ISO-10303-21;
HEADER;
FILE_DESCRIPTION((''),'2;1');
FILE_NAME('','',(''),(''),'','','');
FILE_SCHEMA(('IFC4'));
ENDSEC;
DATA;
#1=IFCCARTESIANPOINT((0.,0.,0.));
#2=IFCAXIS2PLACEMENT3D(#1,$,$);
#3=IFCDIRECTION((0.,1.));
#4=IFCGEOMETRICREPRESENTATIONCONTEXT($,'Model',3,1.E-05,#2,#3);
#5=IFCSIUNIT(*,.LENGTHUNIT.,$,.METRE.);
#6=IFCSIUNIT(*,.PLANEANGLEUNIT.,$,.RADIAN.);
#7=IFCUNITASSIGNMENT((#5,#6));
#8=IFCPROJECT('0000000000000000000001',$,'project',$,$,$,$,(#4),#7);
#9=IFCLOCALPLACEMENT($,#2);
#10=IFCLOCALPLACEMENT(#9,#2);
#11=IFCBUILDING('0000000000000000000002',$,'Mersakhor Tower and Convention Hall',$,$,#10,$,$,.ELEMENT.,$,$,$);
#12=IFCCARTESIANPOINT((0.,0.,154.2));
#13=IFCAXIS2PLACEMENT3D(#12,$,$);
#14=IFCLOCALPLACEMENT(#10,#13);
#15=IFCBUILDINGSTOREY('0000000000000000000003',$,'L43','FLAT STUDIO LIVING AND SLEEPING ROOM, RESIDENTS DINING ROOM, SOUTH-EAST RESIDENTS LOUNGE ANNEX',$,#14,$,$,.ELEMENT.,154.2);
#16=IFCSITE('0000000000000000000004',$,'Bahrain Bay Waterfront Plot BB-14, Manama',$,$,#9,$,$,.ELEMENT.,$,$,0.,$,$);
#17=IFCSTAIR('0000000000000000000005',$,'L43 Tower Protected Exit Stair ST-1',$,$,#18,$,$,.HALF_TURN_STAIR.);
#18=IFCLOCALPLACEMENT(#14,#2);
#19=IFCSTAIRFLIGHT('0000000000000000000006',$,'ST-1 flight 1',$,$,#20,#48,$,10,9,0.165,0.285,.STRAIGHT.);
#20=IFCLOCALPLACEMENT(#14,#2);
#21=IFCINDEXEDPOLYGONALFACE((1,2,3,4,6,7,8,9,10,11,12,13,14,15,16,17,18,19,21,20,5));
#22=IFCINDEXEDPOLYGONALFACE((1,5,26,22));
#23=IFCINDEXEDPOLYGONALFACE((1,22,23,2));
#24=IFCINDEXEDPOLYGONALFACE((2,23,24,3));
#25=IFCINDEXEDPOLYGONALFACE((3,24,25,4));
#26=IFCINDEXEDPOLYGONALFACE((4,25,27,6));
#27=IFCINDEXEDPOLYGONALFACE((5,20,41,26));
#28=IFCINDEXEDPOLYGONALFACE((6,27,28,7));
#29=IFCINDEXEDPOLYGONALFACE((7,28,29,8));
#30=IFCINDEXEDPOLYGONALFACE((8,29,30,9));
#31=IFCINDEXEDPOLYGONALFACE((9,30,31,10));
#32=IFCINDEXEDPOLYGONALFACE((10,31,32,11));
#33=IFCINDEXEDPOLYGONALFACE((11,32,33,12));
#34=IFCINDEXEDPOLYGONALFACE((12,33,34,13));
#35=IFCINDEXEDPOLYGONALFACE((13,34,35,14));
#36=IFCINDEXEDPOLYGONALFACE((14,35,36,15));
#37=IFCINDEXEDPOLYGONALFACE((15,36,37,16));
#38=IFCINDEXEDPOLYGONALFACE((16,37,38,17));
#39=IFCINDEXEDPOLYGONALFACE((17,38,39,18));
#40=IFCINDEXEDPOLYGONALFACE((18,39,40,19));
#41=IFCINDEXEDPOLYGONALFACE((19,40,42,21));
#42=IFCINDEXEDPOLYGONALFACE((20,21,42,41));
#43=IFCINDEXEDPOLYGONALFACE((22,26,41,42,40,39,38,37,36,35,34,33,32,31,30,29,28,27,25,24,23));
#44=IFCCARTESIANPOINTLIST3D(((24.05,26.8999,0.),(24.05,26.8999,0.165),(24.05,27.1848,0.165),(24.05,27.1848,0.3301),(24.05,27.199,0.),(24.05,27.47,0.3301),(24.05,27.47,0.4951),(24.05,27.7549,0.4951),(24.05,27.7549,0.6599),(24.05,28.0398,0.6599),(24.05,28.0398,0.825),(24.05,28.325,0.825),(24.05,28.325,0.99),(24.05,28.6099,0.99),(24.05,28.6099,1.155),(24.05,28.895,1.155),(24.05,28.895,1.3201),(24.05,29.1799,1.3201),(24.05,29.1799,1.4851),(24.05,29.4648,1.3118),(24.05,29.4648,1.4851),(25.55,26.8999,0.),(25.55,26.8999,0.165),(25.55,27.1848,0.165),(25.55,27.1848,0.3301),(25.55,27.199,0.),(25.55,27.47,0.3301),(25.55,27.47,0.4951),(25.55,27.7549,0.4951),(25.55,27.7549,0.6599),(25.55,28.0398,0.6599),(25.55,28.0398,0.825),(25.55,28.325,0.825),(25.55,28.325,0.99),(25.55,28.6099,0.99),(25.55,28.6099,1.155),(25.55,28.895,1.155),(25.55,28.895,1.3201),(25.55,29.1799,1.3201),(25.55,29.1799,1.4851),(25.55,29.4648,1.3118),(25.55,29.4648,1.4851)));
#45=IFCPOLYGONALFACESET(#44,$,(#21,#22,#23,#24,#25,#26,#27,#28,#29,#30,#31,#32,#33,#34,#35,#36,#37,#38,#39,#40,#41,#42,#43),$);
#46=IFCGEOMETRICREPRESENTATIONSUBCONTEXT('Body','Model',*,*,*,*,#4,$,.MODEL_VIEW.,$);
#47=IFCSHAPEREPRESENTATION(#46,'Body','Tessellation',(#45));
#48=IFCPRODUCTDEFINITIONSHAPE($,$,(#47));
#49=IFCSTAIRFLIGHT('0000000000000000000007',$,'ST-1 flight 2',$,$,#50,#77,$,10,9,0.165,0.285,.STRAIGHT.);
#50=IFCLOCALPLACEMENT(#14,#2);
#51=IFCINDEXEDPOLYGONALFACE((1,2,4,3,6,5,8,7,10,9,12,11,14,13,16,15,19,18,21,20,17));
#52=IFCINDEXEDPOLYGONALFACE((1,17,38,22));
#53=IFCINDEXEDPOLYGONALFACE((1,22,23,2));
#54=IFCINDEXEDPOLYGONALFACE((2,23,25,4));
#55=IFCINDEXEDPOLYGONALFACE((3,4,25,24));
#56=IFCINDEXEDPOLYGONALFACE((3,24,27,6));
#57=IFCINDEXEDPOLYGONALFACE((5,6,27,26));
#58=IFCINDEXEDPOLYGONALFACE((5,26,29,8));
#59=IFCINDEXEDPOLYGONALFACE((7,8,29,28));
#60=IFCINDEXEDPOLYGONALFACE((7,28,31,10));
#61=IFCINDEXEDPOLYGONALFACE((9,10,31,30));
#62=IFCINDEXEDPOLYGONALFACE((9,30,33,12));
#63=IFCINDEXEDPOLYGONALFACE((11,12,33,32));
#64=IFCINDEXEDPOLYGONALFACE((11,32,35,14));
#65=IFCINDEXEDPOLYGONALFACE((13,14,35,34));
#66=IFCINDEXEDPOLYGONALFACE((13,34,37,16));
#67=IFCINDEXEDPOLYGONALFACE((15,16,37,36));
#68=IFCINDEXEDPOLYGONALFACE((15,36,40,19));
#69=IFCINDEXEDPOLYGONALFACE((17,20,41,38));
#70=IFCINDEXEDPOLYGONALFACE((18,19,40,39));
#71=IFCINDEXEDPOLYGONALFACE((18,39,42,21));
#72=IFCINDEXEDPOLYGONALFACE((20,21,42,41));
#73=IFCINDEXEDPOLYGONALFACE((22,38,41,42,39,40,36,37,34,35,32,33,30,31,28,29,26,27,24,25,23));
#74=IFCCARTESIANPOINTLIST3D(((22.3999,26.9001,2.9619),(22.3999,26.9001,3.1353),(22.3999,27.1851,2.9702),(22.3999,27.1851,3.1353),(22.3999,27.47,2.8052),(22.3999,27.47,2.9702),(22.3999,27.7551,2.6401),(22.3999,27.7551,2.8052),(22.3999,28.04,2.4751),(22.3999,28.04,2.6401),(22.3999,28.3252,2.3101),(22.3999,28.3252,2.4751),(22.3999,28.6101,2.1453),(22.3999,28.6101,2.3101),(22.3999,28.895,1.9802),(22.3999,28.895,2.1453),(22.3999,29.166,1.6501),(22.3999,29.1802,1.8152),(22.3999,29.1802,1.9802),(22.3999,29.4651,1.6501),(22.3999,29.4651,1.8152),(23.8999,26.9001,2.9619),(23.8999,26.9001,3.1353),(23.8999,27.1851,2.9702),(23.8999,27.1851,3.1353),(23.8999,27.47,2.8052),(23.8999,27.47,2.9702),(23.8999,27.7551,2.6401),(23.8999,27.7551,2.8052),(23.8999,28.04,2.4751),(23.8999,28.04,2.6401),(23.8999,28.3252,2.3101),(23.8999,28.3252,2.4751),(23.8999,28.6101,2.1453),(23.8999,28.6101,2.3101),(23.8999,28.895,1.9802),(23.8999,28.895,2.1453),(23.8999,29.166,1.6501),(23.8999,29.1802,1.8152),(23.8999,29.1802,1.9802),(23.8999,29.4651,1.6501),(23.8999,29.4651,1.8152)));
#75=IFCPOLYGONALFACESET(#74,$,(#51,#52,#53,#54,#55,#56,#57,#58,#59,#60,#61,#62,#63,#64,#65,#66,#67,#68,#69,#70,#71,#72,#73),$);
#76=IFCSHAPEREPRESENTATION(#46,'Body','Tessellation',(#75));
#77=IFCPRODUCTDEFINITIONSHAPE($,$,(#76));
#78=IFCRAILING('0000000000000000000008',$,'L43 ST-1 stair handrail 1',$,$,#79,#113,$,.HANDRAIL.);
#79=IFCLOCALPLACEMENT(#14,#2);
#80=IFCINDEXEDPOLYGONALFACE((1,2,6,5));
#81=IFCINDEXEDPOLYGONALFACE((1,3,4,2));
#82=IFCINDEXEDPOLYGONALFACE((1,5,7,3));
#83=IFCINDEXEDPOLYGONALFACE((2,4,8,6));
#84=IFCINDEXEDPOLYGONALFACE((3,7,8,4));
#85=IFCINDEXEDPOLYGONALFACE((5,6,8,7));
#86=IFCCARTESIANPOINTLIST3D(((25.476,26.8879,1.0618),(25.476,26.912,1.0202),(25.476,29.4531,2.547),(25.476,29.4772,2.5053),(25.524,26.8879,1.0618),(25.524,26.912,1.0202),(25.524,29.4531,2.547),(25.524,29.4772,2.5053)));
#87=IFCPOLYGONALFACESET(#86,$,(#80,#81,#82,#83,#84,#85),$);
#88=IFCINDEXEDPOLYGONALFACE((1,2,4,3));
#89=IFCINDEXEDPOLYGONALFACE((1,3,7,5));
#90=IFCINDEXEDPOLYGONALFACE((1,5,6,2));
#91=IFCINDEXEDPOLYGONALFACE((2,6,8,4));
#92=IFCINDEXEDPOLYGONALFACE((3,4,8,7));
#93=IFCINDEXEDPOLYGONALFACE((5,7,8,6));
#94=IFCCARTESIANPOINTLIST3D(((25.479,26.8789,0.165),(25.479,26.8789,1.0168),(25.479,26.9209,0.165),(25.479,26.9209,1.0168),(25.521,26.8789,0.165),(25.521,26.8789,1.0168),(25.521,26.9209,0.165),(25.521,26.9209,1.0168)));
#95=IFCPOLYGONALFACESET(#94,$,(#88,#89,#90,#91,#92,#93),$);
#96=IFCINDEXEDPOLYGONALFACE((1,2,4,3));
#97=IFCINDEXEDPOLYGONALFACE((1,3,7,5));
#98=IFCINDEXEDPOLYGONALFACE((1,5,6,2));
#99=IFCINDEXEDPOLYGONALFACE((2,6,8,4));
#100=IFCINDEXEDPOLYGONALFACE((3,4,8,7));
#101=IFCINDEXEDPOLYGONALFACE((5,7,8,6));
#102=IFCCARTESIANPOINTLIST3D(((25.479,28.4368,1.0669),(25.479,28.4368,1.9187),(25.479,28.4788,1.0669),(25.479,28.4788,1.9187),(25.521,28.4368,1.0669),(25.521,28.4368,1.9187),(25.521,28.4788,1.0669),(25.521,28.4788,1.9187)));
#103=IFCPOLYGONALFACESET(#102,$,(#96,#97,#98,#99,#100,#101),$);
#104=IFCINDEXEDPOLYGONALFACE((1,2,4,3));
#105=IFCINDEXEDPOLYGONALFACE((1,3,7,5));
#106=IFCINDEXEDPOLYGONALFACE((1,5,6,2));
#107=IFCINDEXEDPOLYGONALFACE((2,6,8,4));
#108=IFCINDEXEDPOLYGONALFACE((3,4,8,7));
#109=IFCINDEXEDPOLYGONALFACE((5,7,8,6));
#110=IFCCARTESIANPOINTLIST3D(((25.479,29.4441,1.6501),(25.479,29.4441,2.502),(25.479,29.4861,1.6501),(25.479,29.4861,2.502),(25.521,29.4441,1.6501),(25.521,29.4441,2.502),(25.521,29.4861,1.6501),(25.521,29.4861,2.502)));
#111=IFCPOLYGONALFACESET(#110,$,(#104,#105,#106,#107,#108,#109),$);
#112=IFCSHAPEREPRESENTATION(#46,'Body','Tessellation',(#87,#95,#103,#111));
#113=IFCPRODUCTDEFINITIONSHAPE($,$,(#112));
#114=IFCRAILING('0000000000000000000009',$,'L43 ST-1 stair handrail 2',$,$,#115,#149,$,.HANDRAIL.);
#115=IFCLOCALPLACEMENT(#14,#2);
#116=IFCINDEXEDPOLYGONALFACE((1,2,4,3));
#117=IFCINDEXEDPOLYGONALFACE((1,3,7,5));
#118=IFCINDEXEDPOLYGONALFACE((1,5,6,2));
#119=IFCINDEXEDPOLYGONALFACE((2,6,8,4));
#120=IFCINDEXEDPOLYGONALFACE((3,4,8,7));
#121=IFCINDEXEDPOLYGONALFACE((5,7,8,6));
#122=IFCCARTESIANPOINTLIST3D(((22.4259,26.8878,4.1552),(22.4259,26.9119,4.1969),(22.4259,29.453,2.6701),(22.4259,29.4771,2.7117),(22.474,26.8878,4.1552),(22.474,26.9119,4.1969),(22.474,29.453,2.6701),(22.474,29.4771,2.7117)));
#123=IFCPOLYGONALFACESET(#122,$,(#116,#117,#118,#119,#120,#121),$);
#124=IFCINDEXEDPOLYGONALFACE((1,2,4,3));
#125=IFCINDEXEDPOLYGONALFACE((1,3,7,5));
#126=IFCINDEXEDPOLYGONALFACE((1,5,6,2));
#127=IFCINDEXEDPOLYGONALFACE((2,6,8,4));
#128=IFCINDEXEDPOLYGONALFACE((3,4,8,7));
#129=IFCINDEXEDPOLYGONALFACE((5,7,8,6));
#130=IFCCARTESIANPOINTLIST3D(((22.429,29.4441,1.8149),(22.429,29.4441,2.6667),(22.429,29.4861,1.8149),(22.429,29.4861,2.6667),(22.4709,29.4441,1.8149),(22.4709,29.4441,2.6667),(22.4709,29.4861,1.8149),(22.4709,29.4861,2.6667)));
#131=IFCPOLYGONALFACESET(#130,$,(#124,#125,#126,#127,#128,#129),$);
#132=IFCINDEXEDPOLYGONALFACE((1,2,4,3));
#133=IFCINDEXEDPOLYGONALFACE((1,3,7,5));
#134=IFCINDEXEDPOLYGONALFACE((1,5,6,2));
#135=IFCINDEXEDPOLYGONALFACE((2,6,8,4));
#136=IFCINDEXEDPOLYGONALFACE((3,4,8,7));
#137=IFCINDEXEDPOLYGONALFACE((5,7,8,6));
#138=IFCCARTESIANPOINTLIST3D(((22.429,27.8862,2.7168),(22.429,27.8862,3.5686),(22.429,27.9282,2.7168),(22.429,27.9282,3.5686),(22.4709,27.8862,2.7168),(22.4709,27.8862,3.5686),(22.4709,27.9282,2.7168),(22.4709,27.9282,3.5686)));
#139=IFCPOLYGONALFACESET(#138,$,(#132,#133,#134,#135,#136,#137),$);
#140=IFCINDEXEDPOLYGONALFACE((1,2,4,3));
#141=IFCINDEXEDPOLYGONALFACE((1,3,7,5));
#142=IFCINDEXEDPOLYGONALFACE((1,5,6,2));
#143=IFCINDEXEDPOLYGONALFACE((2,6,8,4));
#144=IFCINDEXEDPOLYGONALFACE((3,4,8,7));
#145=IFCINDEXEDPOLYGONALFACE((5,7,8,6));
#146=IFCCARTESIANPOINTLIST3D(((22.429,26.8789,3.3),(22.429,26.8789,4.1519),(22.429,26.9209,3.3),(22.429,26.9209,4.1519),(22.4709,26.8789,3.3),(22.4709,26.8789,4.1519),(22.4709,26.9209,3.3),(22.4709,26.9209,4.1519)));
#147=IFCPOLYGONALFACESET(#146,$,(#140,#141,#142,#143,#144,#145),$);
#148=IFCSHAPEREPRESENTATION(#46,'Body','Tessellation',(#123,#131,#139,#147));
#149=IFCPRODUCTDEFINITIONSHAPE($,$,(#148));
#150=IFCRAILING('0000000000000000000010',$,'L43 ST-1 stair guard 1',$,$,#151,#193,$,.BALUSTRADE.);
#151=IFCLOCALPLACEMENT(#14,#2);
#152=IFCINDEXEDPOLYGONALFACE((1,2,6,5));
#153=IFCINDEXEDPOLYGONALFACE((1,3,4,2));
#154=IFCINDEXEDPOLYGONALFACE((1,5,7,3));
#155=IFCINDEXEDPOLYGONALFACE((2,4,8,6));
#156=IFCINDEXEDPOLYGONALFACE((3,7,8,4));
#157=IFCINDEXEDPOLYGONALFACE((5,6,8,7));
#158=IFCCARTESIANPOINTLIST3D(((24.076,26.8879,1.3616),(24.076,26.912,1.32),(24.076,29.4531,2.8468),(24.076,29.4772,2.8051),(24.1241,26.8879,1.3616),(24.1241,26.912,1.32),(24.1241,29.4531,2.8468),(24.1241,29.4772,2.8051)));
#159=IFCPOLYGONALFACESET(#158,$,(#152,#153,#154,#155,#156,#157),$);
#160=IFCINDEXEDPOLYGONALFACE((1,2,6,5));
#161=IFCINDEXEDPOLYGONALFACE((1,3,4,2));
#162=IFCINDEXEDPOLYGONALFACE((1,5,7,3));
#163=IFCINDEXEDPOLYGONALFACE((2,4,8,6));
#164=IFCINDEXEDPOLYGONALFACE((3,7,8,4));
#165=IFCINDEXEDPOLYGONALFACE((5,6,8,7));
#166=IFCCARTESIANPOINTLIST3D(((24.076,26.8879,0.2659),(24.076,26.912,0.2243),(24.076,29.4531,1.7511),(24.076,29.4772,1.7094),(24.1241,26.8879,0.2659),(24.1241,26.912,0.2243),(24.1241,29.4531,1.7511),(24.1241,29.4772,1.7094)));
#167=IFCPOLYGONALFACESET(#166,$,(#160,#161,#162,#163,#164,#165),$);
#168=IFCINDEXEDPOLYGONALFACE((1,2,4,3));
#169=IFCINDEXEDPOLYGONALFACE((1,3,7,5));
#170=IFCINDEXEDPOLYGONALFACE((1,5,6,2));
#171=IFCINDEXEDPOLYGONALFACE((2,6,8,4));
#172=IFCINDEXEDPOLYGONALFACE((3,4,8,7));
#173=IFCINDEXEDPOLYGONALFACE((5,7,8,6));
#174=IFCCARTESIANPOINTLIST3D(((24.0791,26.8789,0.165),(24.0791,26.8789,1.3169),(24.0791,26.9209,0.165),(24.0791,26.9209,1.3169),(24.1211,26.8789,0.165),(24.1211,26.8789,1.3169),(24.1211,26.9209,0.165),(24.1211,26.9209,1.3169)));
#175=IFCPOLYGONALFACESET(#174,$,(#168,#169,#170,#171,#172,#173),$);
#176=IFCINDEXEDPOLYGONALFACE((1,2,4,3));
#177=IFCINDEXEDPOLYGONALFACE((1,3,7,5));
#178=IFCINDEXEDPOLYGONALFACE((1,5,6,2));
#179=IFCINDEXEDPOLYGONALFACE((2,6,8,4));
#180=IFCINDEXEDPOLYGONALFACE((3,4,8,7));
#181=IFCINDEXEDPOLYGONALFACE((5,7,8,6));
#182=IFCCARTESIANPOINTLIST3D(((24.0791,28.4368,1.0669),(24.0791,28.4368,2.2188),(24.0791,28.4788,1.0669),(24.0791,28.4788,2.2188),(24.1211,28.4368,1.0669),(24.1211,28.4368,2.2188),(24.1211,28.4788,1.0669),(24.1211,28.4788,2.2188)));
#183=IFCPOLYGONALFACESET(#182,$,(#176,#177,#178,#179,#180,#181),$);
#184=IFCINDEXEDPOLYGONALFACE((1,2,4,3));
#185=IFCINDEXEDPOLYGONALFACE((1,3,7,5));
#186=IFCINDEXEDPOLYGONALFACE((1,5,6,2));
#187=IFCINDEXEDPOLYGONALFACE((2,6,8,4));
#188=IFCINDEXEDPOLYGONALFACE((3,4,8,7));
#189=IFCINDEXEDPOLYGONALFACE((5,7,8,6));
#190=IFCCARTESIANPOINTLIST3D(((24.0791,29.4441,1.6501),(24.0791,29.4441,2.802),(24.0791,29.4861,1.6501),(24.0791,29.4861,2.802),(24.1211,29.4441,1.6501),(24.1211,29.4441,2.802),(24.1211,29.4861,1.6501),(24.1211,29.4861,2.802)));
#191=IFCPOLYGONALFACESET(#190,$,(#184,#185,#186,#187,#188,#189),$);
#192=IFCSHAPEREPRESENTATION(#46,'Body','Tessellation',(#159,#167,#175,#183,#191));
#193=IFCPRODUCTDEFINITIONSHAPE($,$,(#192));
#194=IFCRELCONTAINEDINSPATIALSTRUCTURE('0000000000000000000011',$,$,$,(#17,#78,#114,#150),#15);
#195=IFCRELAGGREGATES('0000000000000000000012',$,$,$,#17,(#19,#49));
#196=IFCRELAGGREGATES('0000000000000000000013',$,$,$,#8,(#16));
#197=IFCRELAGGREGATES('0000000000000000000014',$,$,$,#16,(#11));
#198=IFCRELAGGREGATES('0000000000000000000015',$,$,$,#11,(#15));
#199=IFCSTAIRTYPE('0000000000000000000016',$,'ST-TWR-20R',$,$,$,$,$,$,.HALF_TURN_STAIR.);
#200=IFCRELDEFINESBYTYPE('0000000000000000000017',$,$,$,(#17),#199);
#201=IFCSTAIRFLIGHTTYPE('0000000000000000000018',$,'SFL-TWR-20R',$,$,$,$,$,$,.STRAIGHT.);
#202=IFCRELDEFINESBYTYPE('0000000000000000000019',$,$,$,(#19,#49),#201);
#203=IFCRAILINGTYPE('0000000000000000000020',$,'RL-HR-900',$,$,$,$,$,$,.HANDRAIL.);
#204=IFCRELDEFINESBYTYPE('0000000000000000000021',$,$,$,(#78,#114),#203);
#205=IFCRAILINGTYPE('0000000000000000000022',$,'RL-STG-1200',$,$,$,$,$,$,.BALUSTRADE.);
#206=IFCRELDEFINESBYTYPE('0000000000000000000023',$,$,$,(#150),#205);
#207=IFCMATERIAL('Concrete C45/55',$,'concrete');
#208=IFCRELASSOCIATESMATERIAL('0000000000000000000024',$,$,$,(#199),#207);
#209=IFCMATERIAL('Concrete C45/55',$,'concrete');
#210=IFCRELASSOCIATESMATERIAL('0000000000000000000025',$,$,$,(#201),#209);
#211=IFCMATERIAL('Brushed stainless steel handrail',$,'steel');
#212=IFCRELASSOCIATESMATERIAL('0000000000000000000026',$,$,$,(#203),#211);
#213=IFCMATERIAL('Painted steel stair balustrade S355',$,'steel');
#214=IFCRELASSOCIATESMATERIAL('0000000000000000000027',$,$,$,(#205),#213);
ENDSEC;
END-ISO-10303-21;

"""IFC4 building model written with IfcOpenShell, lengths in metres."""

from ifc_helpers import new_model, si_unit, direction, frame, origin, origin_2d, place, context, subcontext, project, spatial, polyline, rectangle, outline, extrude, material, type_object, element, aggregate, save


model = new_model("IFC4")

# Units and contexts
model_context = context("Model", 3, precision=1e-05, world=origin(), true_north=direction((0.0, 1.0)))
body_context = subcontext(model_context, "Body", "Model", "MODEL_VIEW")
ifc_project = project(units=[si_unit("LENGTHUNIT", "METRE"), si_unit("PLANEANGLEUNIT", "RADIAN")], contexts=[model_context])

# Site, building, storey
site_placement = place(None, origin())
site = spatial("IfcSite", under=ifc_project, at=site_placement, Name="Bahrain Bay Waterfront Plot BB-14, Manama", CompositionType="ELEMENT", RefElevation=0.0)
building_placement = place(site_placement, origin())
building = spatial("IfcBuilding", under=site, at=building_placement, Name="Mersakhor Tower and Convention Hall", CompositionType="ELEMENT")
storey_placement = place(building_placement, frame((0.0, 0.0, 154.2)))
storey = spatial("IfcBuildingStorey", under=building, at=storey_placement, Name="L43", Description="FLAT STUDIO LIVING AND SLEEPING ROOM, RESIDENTS DINING ROOM, SOUTH-EAST RESIDENTS LOUNGE ANNEX", CompositionType="ELEMENT", Elevation=154.2)

# Stair, stair flights
ifc_material_1 = material(Name="Concrete C45/55", Category="concrete")
stair_type = type_object("IfcStairType", Name="ST-TWR-20R", PredefinedType="HALF_TURN_STAIR", material=ifc_material_1)
stair_placement = place(storey_placement, origin())
stair = element("IfcStair", 1, at=stair_placement, inside=storey, type_object=stair_type, Name="L43 Tower Protected Exit Stair ST-1", PredefinedType="HALF_TURN_STAIR")
ifc_material_2 = material(Name="Concrete C45/55", Category="concrete")
stair_flight_type = type_object("IfcStairFlightType", Name="SFL-TWR-20R", PredefinedType="STRAIGHT", material=ifc_material_2)
stair_flight_1_placement = place(storey_placement, frame((24.8, 26.8999, 0.0), z_axis=(0.0, 0.0, 1.0), x_axis=(0.0, 1.0, 0.0)))
stair_flight_1 = element("IfcStairFlight", 2, at=stair_flight_1_placement, type_object=stair_flight_type, Name="ST-1 flight 1", NumberOfRisers=10, NumberOfTreads=9, PredefinedType="STRAIGHT", RiserHeight=0.165, TreadLength=0.285, context=body_context, shape_type="SweptSolid", body=[
    extrude(outline(polyline([(0.0, 0.0), (0.0, 0.165), (0.2849, 0.165), (0.2849, 0.3301), (0.5701, 0.3301), (0.5701, 0.4951), (0.855, 0.4951), (0.855, 0.6599), (1.1399, 0.6599), (1.1399, 0.825), (1.425, 0.825), (1.425, 0.99), (1.71, 0.99), (1.71, 1.155), (1.9951, 1.155), (1.9951, 1.3201), (2.28, 1.3201), (2.28, 1.4851), (2.5649, 1.4851), (2.5649, 1.6499), (2.5649, 1.3118), (0.2991, 0.0), (0.0, 0.0)])), frame((0.0, 0.75, 0.0), z_axis=(0.0, -1.0, 0.0), x_axis=(1.0, 0.0, 0.0)), (0.0, 0.0, 1.0), 1.5),
])
stair_flight_2_placement = place(storey_placement, frame((23.1499, 29.4651, 1.6501), z_axis=(0.0, 0.0, 1.0), x_axis=(0.0, -1.0, 0.0)))
stair_flight_2 = element("IfcStairFlight", 3, at=stair_flight_2_placement, type_object=stair_flight_type, Name="ST-1 flight 2", NumberOfRisers=10, NumberOfTreads=9, PredefinedType="STRAIGHT", RiserHeight=0.165, TreadLength=0.285, context=body_context, shape_type="SweptSolid", body=[
    extrude(outline(polyline([(0.0, 0.0), (0.0, 0.165), (0.2849, 0.165), (0.2849, 0.3301), (0.5701, 0.3301), (0.5701, 0.4951), (0.855, 0.4951), (0.855, 0.6599), (1.1399, 0.6599), (1.1399, 0.825), (1.425, 0.825), (1.425, 0.99), (1.71, 0.99), (1.71, 1.155), (1.9951, 1.155), (1.9951, 1.3201), (2.28, 1.3201), (2.28, 1.4851), (2.5649, 1.4851), (2.5649, 1.6499), (2.5649, 1.3118), (0.2991, 0.0), (0.0, 0.0)])), frame((0.0, 0.75, 0.0), z_axis=(0.0, -1.0, 0.0), x_axis=(1.0, 0.0, 0.0)), (0.0, 0.0, 1.0), 1.5),
])
aggregate(stair, [stair_flight_1, stair_flight_2])

# Railings
ifc_material_3 = material(Name="Brushed stainless steel handrail", Category="steel")
railing_type_1 = type_object("IfcRailingType", Name="RL-HR-900", PredefinedType="HANDRAIL", material=ifc_material_3)
railing_1_placement = place(storey_placement, frame((25.5, 26.8999, 0.165)))
element("IfcRailing", 4, at=railing_1_placement, inside=storey, type_object=railing_type_1, Name="L43 ST-1 stair handrail 1", PredefinedType="HANDRAIL", context=body_context, shape_type="SweptSolid", body=[
    extrude(rectangle(XDim=0.0481, YDim=0.0481, at=origin_2d()), frame((0.0, 0.0, 0.876), z_axis=(0.0, 0.865426, 0.501036), x_axis=(-1.0, 0.0, 0.0)), (0.0, 0.0, 1.0), 2.9641),
    extrude(rectangle(XDim=0.042, YDim=0.042, at=origin_2d()), origin(), (0.0, 0.0, 1.0), 0.8518),
    extrude(rectangle(XDim=0.042, YDim=0.042, at=origin_2d()), frame((0.0, 1.5579, 0.9019)), (0.0, 0.0, 1.0), 0.8518),
    extrude(rectangle(XDim=0.042, YDim=0.042, at=origin_2d()), frame((0.0, 2.5652, 1.4851)), (0.0, 0.0, 1.0), 0.8518),
])
railing_2_placement = place(storey_placement, frame((22.45, 29.4651, 1.8149)))
element("IfcRailing", 5, at=railing_2_placement, inside=storey, type_object=railing_type_1, Name="L43 ST-1 stair handrail 2", PredefinedType="HANDRAIL", context=body_context, shape_type="SweptSolid", body=[
    extrude(rectangle(XDim=0.0481, YDim=0.0481, at=origin_2d()), frame((0.0, 0.0, 0.876), z_axis=(0.0, -0.865426, 0.501036), x_axis=(1.0, 0.0, 0.0)), (0.0, 0.0, 1.0), 2.9641),
    extrude(rectangle(XDim=0.042, YDim=0.042, at=origin_2d()), origin(), (0.0, 0.0, 1.0), 0.8518),
    extrude(rectangle(XDim=0.042, YDim=0.042, at=origin_2d()), frame((0.0, -1.5579, 0.9019)), (0.0, 0.0, 1.0), 0.8518),
    extrude(rectangle(XDim=0.042, YDim=0.042, at=origin_2d()), frame((0.0, -2.5652, 1.4851)), (0.0, 0.0, 1.0), 0.8518),
])
ifc_material_4 = material(Name="Painted steel stair balustrade S355", Category="steel")
railing_type_2 = type_object("IfcRailingType", Name="RL-STG-1200", PredefinedType="BALUSTRADE", material=ifc_material_4)
railing_3_placement = place(storey_placement, frame((24.1001, 26.8999, 0.165)))
element("IfcRailing", 6, at=railing_3_placement, inside=storey, type_object=railing_type_2, Name="L43 ST-1 stair guard 1", PredefinedType="BALUSTRADE", context=body_context, shape_type="SweptSolid", body=[
    extrude(rectangle(XDim=0.0481, YDim=0.0481, at=origin_2d()), frame((0.0, 0.0, 1.1758), z_axis=(0.0, 0.865426, 0.501036), x_axis=(-1.0, 0.0, 0.0)), (0.0, 0.0, 1.0), 2.9641),
    extrude(rectangle(XDim=0.0481, YDim=0.0481, at=origin_2d()), frame((0.0, 0.0, 0.0801), z_axis=(0.0, 0.865426, 0.501036), x_axis=(-1.0, 0.0, 0.0)), (0.0, 0.0, 1.0), 2.9641),
    extrude(rectangle(XDim=0.042, YDim=0.042, at=origin_2d()), origin(), (0.0, 0.0, 1.0), 1.1519),
    extrude(rectangle(XDim=0.042, YDim=0.042, at=origin_2d()), frame((0.0, 1.5579, 0.9019)), (0.0, 0.0, 1.0), 1.1519),
    extrude(rectangle(XDim=0.042, YDim=0.042, at=origin_2d()), frame((0.0, 2.5652, 1.4851)), (0.0, 0.0, 1.0), 1.1519),
])

save(model, "model.ifc")
